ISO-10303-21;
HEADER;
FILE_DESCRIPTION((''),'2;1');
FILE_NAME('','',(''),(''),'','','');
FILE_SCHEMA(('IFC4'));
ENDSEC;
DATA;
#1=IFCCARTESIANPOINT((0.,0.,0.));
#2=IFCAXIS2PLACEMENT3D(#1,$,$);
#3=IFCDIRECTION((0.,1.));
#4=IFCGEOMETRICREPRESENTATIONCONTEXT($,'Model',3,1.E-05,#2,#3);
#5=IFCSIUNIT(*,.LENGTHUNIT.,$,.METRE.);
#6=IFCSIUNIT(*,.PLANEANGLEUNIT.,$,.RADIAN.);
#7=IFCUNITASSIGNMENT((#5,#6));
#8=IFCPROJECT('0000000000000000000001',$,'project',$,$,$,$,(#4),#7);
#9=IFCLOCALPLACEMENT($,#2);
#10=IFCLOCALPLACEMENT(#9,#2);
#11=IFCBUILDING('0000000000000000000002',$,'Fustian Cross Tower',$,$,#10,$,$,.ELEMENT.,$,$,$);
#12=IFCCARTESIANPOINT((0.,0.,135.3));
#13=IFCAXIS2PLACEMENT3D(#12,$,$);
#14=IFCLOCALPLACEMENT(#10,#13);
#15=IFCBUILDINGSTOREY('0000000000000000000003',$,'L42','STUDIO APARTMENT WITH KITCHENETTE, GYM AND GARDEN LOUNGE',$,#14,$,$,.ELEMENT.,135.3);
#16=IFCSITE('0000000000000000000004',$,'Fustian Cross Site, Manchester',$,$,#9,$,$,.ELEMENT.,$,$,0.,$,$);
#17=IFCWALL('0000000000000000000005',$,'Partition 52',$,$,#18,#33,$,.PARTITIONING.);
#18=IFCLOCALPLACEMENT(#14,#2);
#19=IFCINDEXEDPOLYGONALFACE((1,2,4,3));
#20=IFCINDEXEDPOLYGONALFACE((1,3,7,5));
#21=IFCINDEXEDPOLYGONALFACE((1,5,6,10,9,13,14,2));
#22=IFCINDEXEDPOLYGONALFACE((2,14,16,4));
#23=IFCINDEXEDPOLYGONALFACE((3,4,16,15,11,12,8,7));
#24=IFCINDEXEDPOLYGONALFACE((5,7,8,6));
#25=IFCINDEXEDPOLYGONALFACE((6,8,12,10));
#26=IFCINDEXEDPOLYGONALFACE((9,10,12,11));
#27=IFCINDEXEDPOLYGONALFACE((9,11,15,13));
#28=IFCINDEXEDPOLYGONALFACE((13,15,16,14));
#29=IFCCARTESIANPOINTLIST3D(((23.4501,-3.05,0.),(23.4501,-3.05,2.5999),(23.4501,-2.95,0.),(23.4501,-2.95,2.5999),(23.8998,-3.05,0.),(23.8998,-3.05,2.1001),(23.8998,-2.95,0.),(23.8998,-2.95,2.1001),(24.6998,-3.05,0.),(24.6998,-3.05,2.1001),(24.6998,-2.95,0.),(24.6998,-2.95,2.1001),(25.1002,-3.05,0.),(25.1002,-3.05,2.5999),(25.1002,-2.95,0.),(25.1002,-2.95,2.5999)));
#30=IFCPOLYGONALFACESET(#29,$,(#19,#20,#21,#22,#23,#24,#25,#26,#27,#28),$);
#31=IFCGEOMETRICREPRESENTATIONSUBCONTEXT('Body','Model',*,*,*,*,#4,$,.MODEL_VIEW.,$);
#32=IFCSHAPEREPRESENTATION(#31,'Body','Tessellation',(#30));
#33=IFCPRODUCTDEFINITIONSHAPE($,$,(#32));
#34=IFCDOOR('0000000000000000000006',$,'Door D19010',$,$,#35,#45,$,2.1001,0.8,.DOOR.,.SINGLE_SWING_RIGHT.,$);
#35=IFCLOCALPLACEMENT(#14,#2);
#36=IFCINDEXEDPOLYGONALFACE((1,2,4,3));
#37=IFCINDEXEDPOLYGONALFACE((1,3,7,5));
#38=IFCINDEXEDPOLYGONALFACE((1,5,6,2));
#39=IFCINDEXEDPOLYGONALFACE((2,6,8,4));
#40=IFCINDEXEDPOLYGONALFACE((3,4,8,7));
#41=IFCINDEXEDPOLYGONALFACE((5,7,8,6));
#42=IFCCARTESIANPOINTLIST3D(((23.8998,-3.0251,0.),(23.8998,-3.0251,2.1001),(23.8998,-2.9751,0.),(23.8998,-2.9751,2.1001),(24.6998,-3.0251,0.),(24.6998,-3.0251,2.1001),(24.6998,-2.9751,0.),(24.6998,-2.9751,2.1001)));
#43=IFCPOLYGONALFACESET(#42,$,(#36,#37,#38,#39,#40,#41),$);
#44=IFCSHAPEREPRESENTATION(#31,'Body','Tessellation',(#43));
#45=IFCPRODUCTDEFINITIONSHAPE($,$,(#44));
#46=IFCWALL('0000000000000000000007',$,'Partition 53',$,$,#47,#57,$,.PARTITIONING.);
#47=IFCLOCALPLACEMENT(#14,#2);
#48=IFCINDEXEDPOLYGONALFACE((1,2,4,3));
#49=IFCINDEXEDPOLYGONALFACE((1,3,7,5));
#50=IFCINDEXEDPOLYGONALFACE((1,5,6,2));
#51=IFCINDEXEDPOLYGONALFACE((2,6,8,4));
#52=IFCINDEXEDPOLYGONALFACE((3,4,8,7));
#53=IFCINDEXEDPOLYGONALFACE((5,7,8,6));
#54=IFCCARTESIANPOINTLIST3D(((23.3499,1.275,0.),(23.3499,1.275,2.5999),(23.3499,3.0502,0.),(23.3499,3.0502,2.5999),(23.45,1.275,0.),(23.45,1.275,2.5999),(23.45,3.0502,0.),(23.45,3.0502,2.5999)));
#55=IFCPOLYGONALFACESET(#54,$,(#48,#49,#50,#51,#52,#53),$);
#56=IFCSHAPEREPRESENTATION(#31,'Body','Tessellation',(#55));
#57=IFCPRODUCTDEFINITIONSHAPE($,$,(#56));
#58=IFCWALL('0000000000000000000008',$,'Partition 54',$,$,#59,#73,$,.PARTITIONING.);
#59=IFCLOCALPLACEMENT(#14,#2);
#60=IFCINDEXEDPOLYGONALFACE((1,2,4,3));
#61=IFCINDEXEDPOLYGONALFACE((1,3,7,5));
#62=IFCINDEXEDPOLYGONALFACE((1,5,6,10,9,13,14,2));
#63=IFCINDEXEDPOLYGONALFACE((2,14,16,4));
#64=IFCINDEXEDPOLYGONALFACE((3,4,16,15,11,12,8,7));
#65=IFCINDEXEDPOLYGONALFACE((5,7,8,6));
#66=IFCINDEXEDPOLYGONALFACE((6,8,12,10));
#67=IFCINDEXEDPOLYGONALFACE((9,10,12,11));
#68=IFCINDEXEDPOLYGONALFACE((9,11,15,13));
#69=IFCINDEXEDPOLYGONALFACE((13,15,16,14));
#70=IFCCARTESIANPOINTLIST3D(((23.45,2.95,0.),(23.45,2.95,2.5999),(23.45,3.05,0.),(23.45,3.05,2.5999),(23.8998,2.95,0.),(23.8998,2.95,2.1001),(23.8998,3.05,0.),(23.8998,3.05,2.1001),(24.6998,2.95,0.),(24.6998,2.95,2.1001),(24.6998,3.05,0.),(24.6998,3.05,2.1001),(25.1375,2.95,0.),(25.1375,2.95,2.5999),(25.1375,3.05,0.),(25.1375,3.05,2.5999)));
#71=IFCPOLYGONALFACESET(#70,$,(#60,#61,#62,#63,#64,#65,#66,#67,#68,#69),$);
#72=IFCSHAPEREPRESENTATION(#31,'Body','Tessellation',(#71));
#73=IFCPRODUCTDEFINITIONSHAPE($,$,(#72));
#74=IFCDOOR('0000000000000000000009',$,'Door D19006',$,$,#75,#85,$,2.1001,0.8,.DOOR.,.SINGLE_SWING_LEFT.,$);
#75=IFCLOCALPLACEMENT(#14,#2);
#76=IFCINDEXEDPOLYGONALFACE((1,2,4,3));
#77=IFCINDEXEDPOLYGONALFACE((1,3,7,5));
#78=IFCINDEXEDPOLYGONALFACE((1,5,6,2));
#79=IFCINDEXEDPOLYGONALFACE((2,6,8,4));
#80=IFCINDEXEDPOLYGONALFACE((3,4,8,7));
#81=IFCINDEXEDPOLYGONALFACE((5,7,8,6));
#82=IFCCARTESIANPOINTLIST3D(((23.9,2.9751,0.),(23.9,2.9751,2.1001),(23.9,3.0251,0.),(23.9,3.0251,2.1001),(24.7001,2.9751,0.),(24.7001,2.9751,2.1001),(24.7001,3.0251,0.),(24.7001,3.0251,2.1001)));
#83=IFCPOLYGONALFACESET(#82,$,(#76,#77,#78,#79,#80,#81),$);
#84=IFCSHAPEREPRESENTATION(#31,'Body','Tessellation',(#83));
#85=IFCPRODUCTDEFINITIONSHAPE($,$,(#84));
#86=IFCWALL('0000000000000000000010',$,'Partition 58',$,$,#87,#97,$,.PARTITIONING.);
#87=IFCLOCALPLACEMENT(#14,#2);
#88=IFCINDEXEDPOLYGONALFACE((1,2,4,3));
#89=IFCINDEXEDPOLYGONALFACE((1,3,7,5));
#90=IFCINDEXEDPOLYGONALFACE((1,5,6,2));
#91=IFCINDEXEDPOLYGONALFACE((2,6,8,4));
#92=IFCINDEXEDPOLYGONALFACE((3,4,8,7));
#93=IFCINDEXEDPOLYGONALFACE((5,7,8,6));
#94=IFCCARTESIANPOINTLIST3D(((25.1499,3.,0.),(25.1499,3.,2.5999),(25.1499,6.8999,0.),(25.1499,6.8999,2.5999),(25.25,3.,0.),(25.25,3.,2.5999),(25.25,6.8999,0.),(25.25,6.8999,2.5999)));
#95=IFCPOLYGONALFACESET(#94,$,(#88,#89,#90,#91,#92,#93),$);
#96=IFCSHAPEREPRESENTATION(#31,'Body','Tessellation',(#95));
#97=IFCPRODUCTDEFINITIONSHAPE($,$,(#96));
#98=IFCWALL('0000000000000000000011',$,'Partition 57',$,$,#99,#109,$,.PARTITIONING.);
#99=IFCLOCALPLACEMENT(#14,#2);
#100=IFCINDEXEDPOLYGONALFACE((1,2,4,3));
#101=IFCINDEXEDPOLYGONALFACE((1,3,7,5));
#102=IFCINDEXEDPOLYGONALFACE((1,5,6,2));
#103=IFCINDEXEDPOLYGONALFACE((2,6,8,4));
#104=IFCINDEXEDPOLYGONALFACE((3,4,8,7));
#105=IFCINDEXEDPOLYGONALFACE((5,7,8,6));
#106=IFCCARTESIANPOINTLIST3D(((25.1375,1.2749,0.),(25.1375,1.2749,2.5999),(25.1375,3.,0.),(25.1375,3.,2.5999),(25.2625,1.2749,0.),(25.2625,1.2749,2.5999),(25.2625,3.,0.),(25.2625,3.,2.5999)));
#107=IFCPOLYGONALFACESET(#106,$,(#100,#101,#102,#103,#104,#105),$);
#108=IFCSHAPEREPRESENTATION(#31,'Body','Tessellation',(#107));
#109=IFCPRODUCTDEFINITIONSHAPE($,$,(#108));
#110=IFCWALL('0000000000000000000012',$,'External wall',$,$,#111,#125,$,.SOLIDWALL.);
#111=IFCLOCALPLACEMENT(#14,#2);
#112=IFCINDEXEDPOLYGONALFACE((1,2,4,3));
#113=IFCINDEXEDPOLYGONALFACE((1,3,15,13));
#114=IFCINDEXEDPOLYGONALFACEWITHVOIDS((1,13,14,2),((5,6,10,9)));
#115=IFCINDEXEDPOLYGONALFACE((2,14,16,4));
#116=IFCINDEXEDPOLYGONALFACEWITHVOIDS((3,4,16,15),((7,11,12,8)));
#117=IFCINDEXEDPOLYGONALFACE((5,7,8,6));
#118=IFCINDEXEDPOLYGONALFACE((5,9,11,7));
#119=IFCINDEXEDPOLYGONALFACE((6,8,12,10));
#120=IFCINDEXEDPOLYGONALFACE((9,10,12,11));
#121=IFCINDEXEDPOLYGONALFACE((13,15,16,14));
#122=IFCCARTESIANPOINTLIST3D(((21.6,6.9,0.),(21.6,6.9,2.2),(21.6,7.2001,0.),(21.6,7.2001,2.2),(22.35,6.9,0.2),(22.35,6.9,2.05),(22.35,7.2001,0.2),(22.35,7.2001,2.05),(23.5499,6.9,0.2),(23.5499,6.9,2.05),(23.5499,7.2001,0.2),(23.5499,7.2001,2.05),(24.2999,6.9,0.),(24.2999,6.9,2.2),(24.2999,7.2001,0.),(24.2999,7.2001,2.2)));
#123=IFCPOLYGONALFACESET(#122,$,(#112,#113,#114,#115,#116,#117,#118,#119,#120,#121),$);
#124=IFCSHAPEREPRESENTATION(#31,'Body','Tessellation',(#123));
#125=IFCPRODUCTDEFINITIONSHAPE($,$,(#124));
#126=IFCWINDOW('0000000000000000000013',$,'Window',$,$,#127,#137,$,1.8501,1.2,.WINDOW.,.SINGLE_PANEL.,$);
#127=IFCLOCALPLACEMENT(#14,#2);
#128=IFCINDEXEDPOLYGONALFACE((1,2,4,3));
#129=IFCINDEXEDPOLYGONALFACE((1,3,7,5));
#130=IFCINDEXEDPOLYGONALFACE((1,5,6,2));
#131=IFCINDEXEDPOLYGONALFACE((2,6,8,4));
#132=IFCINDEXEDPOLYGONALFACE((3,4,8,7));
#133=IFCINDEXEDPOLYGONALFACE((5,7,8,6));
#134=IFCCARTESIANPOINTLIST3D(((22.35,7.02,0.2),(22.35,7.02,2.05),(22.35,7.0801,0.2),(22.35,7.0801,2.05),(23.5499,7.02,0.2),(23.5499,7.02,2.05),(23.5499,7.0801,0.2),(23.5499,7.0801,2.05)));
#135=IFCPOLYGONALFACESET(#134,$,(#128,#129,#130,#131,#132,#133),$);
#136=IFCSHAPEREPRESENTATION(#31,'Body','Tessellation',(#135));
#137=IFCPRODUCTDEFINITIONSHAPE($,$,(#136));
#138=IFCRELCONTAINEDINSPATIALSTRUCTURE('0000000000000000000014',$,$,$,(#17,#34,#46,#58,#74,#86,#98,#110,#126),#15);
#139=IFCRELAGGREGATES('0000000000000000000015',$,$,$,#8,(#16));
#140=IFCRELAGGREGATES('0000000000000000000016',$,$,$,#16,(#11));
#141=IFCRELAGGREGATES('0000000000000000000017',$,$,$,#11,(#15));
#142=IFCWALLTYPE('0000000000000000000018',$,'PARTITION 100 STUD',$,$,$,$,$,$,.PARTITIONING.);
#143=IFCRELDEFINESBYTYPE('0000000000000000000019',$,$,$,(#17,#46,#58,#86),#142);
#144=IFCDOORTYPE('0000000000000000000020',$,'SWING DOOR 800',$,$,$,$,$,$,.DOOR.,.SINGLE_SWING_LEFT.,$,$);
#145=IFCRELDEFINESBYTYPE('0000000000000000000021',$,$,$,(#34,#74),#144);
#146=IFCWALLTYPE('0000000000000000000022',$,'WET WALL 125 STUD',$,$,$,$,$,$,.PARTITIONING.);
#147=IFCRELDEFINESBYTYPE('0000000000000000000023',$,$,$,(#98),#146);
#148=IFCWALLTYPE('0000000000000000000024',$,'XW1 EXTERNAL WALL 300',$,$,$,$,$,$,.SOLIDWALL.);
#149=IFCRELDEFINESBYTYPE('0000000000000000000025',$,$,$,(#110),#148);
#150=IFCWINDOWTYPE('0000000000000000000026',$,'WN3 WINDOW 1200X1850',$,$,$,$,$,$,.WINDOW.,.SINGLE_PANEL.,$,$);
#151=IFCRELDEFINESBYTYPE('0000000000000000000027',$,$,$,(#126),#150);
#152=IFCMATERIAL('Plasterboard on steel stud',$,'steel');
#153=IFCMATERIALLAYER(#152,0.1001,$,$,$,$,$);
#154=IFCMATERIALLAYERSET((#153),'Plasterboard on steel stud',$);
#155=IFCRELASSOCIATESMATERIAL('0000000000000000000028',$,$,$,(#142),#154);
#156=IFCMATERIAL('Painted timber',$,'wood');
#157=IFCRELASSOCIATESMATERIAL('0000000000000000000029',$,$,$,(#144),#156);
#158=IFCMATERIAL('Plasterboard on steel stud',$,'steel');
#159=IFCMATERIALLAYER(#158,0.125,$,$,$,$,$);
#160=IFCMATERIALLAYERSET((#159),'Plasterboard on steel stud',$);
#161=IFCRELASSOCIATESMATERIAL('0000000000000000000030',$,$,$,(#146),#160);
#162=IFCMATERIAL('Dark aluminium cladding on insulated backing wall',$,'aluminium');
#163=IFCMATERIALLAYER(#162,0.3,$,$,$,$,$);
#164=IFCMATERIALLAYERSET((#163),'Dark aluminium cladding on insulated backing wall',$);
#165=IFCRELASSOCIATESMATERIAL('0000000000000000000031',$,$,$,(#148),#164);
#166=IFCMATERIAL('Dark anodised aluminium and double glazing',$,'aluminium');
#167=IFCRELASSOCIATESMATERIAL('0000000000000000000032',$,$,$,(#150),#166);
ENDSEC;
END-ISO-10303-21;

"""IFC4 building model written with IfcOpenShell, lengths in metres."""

from ifc_helpers import new_model, si_unit, direction, frame, frame_2d, origin, place, context, subcontext, project, spatial, rectangle, extrude, material, layer, layer_set, type_object, element, fill, save


model = new_model("IFC4")

# Units and contexts
model_context = context("Model", 3, precision=1e-05, world=origin(), true_north=direction((0.0, 1.0)))
body_context = subcontext(model_context, "Body", "Model", "MODEL_VIEW")
ifc_project = project(units=[si_unit("LENGTHUNIT", "METRE"), si_unit("PLANEANGLEUNIT", "RADIAN")], contexts=[model_context])

# Site, building, storey
site_placement = place(None, origin())
site = spatial("IfcSite", under=ifc_project, at=site_placement, Name="Fustian Cross Site, Manchester", CompositionType="ELEMENT", RefElevation=0.0)
building_placement = place(site_placement, origin())
building = spatial("IfcBuilding", under=site, at=building_placement, Name="Fustian Cross Tower", CompositionType="ELEMENT")
storey_placement = place(building_placement, frame((0.0, 0.0, 135.3)))
storey = spatial("IfcBuildingStorey", under=building, at=storey_placement, Name="L42", Description="STUDIO APARTMENT WITH KITCHENETTE, GYM AND GARDEN LOUNGE", CompositionType="ELEMENT", Elevation=135.3)

# Wall, opening, door
ifc_material_1 = material(Name="Plasterboard on steel stud", Category="steel")
ifc_layer_1 = layer(ifc_material_1, 0.1001)
ifc_layer_set_1 = layer_set([ifc_layer_1], Name="Plasterboard on steel stud")
wall_type_1 = type_object("IfcWallType", Name="PARTITION 100 STUD", PredefinedType="PARTITIONING", material=ifc_layer_set_1)
wall_1_placement = place(storey_placement, frame((23.45, -3.0, 0.0), z_axis=(0.0, 0.0, 1.0), x_axis=(1.0, 0.0, 0.0)))
wall_1 = element("IfcWall", 1, at=wall_1_placement, inside=storey, type_object=wall_type_1, Name="Partition 52", PredefinedType="PARTITIONING", context=body_context, shape_type="SweptSolid", body=[
    extrude(rectangle(XDim=1.6501, YDim=0.1001, at=frame_2d((0.8252, 0.0))), origin(), (0.0, 0.0, 1.0), 2.5999),
])
opening_1_placement = place(wall_1_placement, frame((0.45, 0.0, 0.0)))
opening_1 = element("IfcOpeningElement", 2, at=opening_1_placement, cuts=wall_1, PredefinedType="OPENING", context=body_context, shape_type="SweptSolid", body=[
    extrude(rectangle(XDim=0.8, YDim=2.1001, at=frame_2d((0.3999, 1.05))), frame((0.0, 0.0601, 0.0), z_axis=(0.0, -1.0, 0.0), x_axis=(1.0, 0.0, 0.0)), (0.0, 0.0, 1.0), 0.1201),
])
ifc_material_2 = material(Name="Painted timber", Category="wood")
door_type_1 = type_object("IfcDoorType", Name="SWING DOOR 800", OperationType="SINGLE_SWING_LEFT", PredefinedType="DOOR", material=ifc_material_2)
door_1_placement = place(opening_1_placement, origin())
door_1 = element("IfcDoor", 3, at=door_1_placement, inside=storey, type_object=door_type_1, Name="Door D19010", OperationType="SINGLE_SWING_RIGHT", OverallHeight=2.1001, OverallWidth=0.8, PredefinedType="DOOR", context=body_context, shape_type="SweptSolid", body=[
    extrude(rectangle(XDim=0.8, YDim=2.1001, at=frame_2d((0.3999, 1.05))), frame((0.0, 0.0249, 0.0), z_axis=(0.0, -1.0, 0.0), x_axis=(1.0, 0.0, 0.0)), (0.0, 0.0, 1.0), 0.05),
])
fill(opening_1, door_1)

# Wall
wall_2_placement = place(storey_placement, frame((23.3999, 1.2749, 0.0), z_axis=(0.0, 0.0, 1.0), x_axis=(0.0, 1.0, 0.0)))
element("IfcWall", 4, at=wall_2_placement, inside=storey, type_object=wall_type_1, Name="Partition 53", PredefinedType="PARTITIONING", context=body_context, shape_type="SweptSolid", body=[
    extrude(rectangle(XDim=1.7751, YDim=0.1001, at=frame_2d((0.8877, 0.0))), origin(), (0.0, 0.0, 1.0), 2.5999),
])

# Wall, opening, door
wall_3_placement = place(storey_placement, frame((23.45, 3.0, 0.0), z_axis=(0.0, 0.0, 1.0), x_axis=(1.0, 0.0, 0.0)))
wall_3 = element("IfcWall", 5, at=wall_3_placement, inside=storey, type_object=wall_type_1, Name="Partition 54", PredefinedType="PARTITIONING", context=body_context, shape_type="SweptSolid", body=[
    extrude(rectangle(XDim=1.6875, YDim=0.1001, at=frame_2d((0.8438, 0.0))), origin(), (0.0, 0.0, 1.0), 2.5999),
])
opening_2_placement = place(wall_3_placement, frame((0.45, 0.0, 0.0)))
opening_2 = element("IfcOpeningElement", 6, at=opening_2_placement, cuts=wall_3, PredefinedType="OPENING", context=body_context, shape_type="SweptSolid", body=[
    extrude(rectangle(XDim=0.8, YDim=2.1001, at=frame_2d((0.3999, 1.05))), frame((0.0, 0.0601, 0.0), z_axis=(0.0, -1.0, 0.0), x_axis=(1.0, 0.0, 0.0)), (0.0, 0.0, 1.0), 0.1201),
])
door_2_placement = place(opening_2_placement, frame((0.8, 0.0, 0.0), z_axis=(0.0, 0.0, 1.0), x_axis=(-1.0, 0.0, 0.0)))
door_2 = element("IfcDoor", 7, at=door_2_placement, inside=storey, type_object=door_type_1, Name="Door D19006", OperationType="SINGLE_SWING_LEFT", OverallHeight=2.1001, OverallWidth=0.8, PredefinedType="DOOR", context=body_context, shape_type="SweptSolid", body=[
    extrude(rectangle(XDim=0.8, YDim=2.1001, at=frame_2d((0.3999, 1.05))), frame((0.0, 0.0249, 0.0), z_axis=(0.0, -1.0, 0.0), x_axis=(1.0, 0.0, 0.0)), (0.0, 0.0, 1.0), 0.05),
])
fill(opening_2, door_2)

# Walls
wall_4_placement = place(storey_placement, frame((25.2, 3.0, 0.0), z_axis=(0.0, 0.0, 1.0), x_axis=(0.0, 1.0, 0.0)))
element("IfcWall", 8, at=wall_4_placement, inside=storey, type_object=wall_type_1, Name="Partition 58", PredefinedType="PARTITIONING", context=body_context, shape_type="SweptSolid", body=[
    extrude(rectangle(XDim=3.8999, YDim=0.1001, at=frame_2d((1.95, 0.0))), origin(), (0.0, 0.0, 1.0), 2.5999),
])
ifc_material_3 = material(Name="Plasterboard on steel stud", Category="steel")
ifc_layer_2 = layer(ifc_material_3, 0.125)
ifc_layer_set_2 = layer_set([ifc_layer_2], Name="Plasterboard on steel stud")
wall_type_2 = type_object("IfcWallType", Name="WET WALL 125 STUD", PredefinedType="PARTITIONING", material=ifc_layer_set_2)
wall_5_placement = place(storey_placement, frame((25.2, 1.2749, 0.0), z_axis=(0.0, 0.0, 1.0), x_axis=(0.0, 1.0, 0.0)))
element("IfcWall", 9, at=wall_5_placement, inside=storey, type_object=wall_type_2, Name="Partition 57", PredefinedType="PARTITIONING", context=body_context, shape_type="SweptSolid", body=[
    extrude(rectangle(XDim=1.7251, YDim=0.125, at=frame_2d((0.8625, 0.0))), origin(), (0.0, 0.0, 1.0), 2.5999),
])

# Wall, opening, window
ifc_material_4 = material(Name="Dark aluminium cladding on insulated backing wall", Category="aluminium")
ifc_layer_3 = layer(ifc_material_4, 0.3)
ifc_layer_set_3 = layer_set([ifc_layer_3], Name="Dark aluminium cladding on insulated backing wall")
wall_type_3 = type_object("IfcWallType", Name="XW1 EXTERNAL WALL 300", PredefinedType="SOLIDWALL", material=ifc_layer_set_3)
wall_6_placement = place(storey_placement, frame((24.3, 7.05, 0.0), z_axis=(0.0, 0.0, 1.0), x_axis=(-1.0, 0.0, 0.0)))
wall_6 = element("IfcWall", 10, at=wall_6_placement, inside=storey, type_object=wall_type_3, Name="External wall", PredefinedType="SOLIDWALL", context=body_context, shape_type="SweptSolid", body=[
    extrude(rectangle(XDim=2.7, YDim=0.3, at=frame_2d((1.3501, 0.0))), origin(), (0.0, 0.0, 1.0), 2.2),
])
opening_3_placement = place(wall_6_placement, frame((0.75, 0.0, 0.2)))
opening_3 = element("IfcOpeningElement", 11, at=opening_3_placement, cuts=wall_6, PredefinedType="OPENING", context=body_context, shape_type="SweptSolid", body=[
    extrude(rectangle(XDim=1.2, YDim=1.8501, at=frame_2d((0.6001, 0.925))), frame((0.0, 0.1599, 0.0), z_axis=(0.0, -1.0, 0.0), x_axis=(1.0, 0.0, 0.0)), (0.0, 0.0, 1.0), 0.3201),
])
ifc_material_5 = material(Name="Dark anodised aluminium and double glazing", Category="aluminium")
window_type = type_object("IfcWindowType", Name="WN3 WINDOW 1200X1850", PartitioningType="SINGLE_PANEL", PredefinedType="WINDOW", material=ifc_material_5)
window_placement = place(opening_3_placement, origin())
window = element("IfcWindow", 12, at=window_placement, inside=storey, type_object=window_type, Name="Window", OverallHeight=1.8501, OverallWidth=1.2, PartitioningType="SINGLE_PANEL", PredefinedType="WINDOW", context=body_context, shape_type="SweptSolid", body=[
    extrude(rectangle(XDim=1.2, YDim=1.8501, at=frame_2d((0.6001, 0.925))), frame((0.0, 0.03, 0.0), z_axis=(0.0, -1.0, 0.0), x_axis=(1.0, 0.0, 0.0)), (0.0, 0.0, 1.0), 0.0601),
])
fill(opening_3, window)

save(model, "model.ifc")
